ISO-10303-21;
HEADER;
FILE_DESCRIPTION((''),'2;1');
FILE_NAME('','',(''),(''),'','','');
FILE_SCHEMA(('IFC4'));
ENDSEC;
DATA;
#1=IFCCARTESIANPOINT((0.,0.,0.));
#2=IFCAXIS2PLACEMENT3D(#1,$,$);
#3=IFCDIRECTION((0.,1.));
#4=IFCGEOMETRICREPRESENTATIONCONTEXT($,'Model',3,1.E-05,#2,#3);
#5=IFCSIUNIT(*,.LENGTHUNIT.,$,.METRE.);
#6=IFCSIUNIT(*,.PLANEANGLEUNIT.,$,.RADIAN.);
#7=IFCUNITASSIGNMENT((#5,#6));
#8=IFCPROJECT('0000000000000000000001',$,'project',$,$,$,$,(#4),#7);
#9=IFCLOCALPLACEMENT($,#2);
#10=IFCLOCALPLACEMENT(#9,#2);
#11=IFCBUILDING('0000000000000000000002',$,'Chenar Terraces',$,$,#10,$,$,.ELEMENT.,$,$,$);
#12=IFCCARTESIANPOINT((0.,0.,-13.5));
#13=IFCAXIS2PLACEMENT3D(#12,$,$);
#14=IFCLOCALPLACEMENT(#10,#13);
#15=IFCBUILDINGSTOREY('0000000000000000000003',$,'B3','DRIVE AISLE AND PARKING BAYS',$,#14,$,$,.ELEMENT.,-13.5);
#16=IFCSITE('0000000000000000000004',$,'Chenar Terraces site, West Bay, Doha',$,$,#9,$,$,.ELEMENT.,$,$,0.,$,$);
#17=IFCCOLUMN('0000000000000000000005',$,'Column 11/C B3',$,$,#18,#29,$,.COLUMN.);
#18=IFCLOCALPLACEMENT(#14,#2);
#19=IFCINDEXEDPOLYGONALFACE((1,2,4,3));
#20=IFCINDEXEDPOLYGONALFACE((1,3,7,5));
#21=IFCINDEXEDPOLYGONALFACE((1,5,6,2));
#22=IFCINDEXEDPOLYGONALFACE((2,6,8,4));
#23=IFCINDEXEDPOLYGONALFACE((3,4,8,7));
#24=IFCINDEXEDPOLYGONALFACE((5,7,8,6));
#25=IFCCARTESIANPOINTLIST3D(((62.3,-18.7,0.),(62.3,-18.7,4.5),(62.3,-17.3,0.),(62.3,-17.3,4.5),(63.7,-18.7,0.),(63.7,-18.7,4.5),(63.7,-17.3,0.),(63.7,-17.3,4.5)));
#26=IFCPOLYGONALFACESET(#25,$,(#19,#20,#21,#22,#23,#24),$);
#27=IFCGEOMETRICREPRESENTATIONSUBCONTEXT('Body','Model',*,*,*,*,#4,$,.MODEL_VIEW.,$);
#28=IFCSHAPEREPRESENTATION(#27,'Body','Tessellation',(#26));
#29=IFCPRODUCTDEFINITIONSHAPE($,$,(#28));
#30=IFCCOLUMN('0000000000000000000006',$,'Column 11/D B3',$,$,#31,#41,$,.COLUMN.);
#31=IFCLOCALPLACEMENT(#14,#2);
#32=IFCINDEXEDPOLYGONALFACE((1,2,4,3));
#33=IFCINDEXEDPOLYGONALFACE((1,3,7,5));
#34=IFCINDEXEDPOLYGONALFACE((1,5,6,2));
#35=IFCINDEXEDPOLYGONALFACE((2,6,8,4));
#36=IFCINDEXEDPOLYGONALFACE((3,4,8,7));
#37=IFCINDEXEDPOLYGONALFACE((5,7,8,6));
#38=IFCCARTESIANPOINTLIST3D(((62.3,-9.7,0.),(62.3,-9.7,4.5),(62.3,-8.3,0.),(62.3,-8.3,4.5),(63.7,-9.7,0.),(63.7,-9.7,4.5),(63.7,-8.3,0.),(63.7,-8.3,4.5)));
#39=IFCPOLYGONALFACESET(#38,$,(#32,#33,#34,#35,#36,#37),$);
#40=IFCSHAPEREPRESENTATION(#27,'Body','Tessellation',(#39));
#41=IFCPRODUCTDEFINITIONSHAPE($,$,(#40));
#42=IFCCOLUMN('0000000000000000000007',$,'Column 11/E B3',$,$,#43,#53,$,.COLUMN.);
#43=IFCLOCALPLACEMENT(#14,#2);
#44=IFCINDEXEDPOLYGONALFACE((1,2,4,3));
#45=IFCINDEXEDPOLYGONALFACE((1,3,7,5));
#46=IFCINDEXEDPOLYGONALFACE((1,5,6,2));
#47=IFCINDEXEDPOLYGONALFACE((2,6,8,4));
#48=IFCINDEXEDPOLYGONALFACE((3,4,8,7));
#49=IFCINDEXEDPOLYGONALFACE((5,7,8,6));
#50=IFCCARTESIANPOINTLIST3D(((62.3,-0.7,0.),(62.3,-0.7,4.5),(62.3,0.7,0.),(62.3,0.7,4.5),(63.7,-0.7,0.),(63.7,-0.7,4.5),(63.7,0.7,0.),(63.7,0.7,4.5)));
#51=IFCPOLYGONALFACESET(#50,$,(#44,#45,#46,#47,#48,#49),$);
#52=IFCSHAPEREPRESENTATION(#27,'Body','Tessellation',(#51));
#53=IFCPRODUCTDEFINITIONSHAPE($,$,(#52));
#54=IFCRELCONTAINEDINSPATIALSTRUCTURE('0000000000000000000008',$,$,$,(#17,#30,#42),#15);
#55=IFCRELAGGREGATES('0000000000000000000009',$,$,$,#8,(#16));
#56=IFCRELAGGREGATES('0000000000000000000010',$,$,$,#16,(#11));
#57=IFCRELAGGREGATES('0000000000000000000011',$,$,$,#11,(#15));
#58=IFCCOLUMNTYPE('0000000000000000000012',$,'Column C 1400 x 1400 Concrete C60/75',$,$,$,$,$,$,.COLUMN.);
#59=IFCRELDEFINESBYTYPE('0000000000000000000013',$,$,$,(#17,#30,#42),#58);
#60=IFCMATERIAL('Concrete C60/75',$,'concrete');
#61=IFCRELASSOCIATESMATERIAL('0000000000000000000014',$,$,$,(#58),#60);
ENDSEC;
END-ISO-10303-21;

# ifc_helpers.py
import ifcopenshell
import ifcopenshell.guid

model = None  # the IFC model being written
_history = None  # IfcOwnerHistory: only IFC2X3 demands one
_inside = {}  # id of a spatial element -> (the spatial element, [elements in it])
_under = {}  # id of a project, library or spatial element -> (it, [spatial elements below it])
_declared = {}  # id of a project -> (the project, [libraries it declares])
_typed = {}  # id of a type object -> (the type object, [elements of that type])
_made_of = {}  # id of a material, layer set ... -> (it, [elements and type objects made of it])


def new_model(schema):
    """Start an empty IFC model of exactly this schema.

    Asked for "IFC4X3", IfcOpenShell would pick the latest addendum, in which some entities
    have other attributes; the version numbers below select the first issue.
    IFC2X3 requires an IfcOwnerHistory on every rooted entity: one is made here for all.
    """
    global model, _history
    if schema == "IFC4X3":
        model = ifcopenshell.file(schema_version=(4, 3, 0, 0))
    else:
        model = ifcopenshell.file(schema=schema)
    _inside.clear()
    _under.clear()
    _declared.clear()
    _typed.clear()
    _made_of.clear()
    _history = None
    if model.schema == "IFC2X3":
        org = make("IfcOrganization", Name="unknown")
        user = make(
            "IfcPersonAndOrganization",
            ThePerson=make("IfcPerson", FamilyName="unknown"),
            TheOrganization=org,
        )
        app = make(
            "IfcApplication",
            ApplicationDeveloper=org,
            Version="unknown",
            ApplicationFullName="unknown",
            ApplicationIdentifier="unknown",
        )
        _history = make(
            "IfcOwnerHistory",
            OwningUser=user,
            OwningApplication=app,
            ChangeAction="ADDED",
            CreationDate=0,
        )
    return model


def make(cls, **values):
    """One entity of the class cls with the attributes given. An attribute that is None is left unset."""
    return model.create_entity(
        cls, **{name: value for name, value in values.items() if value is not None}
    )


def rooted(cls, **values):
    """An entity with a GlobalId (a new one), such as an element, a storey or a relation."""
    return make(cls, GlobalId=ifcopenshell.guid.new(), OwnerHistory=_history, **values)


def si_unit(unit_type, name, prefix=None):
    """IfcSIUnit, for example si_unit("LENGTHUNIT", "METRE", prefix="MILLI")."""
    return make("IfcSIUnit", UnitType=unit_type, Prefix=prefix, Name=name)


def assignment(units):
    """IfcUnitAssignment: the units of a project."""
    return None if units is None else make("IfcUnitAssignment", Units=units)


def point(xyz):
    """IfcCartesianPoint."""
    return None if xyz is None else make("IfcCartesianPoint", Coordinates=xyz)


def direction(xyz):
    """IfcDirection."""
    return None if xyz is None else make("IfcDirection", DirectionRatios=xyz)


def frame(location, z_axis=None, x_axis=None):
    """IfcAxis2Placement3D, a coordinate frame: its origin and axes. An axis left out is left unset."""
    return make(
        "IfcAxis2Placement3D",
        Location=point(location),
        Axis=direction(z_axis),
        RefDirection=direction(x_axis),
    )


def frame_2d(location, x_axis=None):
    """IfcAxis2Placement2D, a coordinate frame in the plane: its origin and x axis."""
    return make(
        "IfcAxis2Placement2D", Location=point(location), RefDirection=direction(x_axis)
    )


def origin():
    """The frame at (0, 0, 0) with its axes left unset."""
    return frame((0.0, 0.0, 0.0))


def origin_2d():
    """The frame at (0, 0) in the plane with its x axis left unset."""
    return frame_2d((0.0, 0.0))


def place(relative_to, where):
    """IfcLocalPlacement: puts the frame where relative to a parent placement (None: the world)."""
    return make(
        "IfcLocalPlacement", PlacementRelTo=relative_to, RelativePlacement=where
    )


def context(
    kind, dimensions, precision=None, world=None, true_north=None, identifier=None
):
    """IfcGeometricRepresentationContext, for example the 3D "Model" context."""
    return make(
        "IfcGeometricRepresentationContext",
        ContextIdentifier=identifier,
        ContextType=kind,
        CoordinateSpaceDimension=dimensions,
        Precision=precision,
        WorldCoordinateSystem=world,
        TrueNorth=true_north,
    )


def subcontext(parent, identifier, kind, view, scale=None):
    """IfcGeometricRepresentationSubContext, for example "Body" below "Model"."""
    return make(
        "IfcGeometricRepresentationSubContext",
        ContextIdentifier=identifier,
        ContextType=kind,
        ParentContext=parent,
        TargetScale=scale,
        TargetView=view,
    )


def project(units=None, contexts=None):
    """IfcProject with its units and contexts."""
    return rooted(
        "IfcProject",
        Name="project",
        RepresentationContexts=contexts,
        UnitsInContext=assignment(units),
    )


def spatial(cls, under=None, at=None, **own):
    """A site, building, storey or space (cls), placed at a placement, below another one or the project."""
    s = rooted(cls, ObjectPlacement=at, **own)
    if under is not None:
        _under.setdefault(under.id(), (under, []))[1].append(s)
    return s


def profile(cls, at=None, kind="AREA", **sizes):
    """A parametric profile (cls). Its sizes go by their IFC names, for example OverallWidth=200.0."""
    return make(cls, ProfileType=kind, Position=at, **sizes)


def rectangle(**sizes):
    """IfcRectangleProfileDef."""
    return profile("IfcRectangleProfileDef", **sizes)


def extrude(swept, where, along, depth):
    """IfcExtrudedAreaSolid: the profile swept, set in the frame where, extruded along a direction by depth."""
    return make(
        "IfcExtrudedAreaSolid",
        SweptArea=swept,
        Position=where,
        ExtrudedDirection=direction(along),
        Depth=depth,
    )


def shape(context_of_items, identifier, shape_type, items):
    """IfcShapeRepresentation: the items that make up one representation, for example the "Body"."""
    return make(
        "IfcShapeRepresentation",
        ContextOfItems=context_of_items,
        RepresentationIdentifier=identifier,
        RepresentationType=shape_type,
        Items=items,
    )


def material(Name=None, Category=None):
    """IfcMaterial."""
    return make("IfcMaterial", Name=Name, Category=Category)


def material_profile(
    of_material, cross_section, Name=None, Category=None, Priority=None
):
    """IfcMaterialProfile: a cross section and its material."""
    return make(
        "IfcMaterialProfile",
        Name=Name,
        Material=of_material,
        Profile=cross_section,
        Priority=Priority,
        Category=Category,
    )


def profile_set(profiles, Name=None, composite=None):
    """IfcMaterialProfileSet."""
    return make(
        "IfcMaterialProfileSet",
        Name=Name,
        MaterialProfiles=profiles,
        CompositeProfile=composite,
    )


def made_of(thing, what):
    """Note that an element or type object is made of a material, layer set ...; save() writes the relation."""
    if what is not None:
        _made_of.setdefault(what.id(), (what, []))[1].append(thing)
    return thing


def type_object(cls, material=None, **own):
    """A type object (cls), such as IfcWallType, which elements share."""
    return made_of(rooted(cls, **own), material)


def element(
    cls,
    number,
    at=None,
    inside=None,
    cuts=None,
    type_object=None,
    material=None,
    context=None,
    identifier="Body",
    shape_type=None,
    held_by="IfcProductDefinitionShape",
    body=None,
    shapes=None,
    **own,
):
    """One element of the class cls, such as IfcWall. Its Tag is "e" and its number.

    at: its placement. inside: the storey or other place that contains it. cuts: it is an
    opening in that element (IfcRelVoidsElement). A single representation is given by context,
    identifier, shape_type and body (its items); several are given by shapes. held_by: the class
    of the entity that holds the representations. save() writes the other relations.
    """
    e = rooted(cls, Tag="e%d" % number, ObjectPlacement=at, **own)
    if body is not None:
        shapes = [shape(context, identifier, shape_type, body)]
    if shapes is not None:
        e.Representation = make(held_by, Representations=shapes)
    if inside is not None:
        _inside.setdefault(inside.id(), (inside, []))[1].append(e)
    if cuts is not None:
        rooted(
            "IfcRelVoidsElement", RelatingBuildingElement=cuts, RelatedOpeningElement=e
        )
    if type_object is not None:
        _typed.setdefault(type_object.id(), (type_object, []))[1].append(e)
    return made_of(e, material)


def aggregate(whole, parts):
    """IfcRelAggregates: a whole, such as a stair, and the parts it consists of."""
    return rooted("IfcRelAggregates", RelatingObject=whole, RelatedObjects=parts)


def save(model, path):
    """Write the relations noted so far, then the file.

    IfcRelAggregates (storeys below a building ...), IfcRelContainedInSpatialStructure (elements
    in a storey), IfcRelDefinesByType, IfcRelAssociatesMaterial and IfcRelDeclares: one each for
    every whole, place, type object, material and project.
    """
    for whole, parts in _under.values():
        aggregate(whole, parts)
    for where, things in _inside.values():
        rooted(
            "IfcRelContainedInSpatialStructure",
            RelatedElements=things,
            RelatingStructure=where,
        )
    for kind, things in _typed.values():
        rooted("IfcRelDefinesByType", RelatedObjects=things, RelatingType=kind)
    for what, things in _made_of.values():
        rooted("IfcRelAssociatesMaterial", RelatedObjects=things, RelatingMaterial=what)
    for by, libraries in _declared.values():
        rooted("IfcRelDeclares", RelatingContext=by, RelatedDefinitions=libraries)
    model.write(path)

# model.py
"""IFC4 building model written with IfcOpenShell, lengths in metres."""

from ifc_helpers import new_model, si_unit, direction, frame, origin, origin_2d, place, context, subcontext, project, spatial, rectangle, extrude, material, material_profile, profile_set, type_object, element, save


model = new_model("IFC4")

# Units and contexts
model_context = context("Model", 3, precision=1e-05, world=origin(), true_north=direction((0.0, 1.0)))
body_context = subcontext(model_context, "Body", "Model", "MODEL_VIEW")
ifc_project = project(units=[si_unit("LENGTHUNIT", "METRE"), si_unit("PLANEANGLEUNIT", "RADIAN")], contexts=[model_context])

# Site, building, storey
site_placement = place(None, origin())
site = spatial("IfcSite", under=ifc_project, at=site_placement, Name="Chenar Terraces site, West Bay, Doha", CompositionType="ELEMENT", RefElevation=0.0)
building_placement = place(site_placement, origin())
building = spatial("IfcBuilding", under=site, at=building_placement, Name="Chenar Terraces", CompositionType="ELEMENT")
storey_placement = place(building_placement, frame((0.0, 0.0, -13.5)))
storey = spatial("IfcBuildingStorey", under=building, at=storey_placement, Name="B3", Description="DRIVE AISLE AND PARKING BAYS", CompositionType="ELEMENT", Elevation=-13.5)

# Columns
ifc_material_1 = material(Name="Concrete C60/75", Category="concrete")
ifc_material_profile_1 = material_profile(ifc_material_1, rectangle(XDim=1.3999, YDim=1.3999, at=origin_2d()), Name="C 1400 x 1400")
ifc_profile_set_1 = profile_set([ifc_material_profile_1], Name="Concrete C60/75")
column_type = type_object("IfcColumnType", Name="Column C 1400 x 1400 Concrete C60/75", PredefinedType="COLUMN", material=ifc_profile_set_1)
for number, where, z_axis, x_axis, name in (
    (1, (63.0, -18.0, 0.0), (0.0, 0.0, 1.0), (1.0, 0.0, 0.0), "Column 11/C B3"),
    (2, (63.0, -9.0, 0.0), (0.0, 0.0, 1.0), (1.0, 0.0, 0.0), "Column 11/D B3"),
    (3, (63.0, 0.0, 0.0), (0.0, 0.0, 1.0), (1.0, 0.0, 0.0), "Column 11/E B3"),
):
    element("IfcColumn", number, at=place(storey_placement, frame(where, z_axis=z_axis, x_axis=x_axis)), inside=storey, type_object=column_type, Name=name, PredefinedType="COLUMN", context=body_context, shape_type="SweptSolid", body=[
        extrude(rectangle(XDim=1.3999, YDim=1.3999, at=origin_2d()), origin(), (0.0, 0.0, 1.0), 4.5),
    ])

save(model, "model.ifc")
